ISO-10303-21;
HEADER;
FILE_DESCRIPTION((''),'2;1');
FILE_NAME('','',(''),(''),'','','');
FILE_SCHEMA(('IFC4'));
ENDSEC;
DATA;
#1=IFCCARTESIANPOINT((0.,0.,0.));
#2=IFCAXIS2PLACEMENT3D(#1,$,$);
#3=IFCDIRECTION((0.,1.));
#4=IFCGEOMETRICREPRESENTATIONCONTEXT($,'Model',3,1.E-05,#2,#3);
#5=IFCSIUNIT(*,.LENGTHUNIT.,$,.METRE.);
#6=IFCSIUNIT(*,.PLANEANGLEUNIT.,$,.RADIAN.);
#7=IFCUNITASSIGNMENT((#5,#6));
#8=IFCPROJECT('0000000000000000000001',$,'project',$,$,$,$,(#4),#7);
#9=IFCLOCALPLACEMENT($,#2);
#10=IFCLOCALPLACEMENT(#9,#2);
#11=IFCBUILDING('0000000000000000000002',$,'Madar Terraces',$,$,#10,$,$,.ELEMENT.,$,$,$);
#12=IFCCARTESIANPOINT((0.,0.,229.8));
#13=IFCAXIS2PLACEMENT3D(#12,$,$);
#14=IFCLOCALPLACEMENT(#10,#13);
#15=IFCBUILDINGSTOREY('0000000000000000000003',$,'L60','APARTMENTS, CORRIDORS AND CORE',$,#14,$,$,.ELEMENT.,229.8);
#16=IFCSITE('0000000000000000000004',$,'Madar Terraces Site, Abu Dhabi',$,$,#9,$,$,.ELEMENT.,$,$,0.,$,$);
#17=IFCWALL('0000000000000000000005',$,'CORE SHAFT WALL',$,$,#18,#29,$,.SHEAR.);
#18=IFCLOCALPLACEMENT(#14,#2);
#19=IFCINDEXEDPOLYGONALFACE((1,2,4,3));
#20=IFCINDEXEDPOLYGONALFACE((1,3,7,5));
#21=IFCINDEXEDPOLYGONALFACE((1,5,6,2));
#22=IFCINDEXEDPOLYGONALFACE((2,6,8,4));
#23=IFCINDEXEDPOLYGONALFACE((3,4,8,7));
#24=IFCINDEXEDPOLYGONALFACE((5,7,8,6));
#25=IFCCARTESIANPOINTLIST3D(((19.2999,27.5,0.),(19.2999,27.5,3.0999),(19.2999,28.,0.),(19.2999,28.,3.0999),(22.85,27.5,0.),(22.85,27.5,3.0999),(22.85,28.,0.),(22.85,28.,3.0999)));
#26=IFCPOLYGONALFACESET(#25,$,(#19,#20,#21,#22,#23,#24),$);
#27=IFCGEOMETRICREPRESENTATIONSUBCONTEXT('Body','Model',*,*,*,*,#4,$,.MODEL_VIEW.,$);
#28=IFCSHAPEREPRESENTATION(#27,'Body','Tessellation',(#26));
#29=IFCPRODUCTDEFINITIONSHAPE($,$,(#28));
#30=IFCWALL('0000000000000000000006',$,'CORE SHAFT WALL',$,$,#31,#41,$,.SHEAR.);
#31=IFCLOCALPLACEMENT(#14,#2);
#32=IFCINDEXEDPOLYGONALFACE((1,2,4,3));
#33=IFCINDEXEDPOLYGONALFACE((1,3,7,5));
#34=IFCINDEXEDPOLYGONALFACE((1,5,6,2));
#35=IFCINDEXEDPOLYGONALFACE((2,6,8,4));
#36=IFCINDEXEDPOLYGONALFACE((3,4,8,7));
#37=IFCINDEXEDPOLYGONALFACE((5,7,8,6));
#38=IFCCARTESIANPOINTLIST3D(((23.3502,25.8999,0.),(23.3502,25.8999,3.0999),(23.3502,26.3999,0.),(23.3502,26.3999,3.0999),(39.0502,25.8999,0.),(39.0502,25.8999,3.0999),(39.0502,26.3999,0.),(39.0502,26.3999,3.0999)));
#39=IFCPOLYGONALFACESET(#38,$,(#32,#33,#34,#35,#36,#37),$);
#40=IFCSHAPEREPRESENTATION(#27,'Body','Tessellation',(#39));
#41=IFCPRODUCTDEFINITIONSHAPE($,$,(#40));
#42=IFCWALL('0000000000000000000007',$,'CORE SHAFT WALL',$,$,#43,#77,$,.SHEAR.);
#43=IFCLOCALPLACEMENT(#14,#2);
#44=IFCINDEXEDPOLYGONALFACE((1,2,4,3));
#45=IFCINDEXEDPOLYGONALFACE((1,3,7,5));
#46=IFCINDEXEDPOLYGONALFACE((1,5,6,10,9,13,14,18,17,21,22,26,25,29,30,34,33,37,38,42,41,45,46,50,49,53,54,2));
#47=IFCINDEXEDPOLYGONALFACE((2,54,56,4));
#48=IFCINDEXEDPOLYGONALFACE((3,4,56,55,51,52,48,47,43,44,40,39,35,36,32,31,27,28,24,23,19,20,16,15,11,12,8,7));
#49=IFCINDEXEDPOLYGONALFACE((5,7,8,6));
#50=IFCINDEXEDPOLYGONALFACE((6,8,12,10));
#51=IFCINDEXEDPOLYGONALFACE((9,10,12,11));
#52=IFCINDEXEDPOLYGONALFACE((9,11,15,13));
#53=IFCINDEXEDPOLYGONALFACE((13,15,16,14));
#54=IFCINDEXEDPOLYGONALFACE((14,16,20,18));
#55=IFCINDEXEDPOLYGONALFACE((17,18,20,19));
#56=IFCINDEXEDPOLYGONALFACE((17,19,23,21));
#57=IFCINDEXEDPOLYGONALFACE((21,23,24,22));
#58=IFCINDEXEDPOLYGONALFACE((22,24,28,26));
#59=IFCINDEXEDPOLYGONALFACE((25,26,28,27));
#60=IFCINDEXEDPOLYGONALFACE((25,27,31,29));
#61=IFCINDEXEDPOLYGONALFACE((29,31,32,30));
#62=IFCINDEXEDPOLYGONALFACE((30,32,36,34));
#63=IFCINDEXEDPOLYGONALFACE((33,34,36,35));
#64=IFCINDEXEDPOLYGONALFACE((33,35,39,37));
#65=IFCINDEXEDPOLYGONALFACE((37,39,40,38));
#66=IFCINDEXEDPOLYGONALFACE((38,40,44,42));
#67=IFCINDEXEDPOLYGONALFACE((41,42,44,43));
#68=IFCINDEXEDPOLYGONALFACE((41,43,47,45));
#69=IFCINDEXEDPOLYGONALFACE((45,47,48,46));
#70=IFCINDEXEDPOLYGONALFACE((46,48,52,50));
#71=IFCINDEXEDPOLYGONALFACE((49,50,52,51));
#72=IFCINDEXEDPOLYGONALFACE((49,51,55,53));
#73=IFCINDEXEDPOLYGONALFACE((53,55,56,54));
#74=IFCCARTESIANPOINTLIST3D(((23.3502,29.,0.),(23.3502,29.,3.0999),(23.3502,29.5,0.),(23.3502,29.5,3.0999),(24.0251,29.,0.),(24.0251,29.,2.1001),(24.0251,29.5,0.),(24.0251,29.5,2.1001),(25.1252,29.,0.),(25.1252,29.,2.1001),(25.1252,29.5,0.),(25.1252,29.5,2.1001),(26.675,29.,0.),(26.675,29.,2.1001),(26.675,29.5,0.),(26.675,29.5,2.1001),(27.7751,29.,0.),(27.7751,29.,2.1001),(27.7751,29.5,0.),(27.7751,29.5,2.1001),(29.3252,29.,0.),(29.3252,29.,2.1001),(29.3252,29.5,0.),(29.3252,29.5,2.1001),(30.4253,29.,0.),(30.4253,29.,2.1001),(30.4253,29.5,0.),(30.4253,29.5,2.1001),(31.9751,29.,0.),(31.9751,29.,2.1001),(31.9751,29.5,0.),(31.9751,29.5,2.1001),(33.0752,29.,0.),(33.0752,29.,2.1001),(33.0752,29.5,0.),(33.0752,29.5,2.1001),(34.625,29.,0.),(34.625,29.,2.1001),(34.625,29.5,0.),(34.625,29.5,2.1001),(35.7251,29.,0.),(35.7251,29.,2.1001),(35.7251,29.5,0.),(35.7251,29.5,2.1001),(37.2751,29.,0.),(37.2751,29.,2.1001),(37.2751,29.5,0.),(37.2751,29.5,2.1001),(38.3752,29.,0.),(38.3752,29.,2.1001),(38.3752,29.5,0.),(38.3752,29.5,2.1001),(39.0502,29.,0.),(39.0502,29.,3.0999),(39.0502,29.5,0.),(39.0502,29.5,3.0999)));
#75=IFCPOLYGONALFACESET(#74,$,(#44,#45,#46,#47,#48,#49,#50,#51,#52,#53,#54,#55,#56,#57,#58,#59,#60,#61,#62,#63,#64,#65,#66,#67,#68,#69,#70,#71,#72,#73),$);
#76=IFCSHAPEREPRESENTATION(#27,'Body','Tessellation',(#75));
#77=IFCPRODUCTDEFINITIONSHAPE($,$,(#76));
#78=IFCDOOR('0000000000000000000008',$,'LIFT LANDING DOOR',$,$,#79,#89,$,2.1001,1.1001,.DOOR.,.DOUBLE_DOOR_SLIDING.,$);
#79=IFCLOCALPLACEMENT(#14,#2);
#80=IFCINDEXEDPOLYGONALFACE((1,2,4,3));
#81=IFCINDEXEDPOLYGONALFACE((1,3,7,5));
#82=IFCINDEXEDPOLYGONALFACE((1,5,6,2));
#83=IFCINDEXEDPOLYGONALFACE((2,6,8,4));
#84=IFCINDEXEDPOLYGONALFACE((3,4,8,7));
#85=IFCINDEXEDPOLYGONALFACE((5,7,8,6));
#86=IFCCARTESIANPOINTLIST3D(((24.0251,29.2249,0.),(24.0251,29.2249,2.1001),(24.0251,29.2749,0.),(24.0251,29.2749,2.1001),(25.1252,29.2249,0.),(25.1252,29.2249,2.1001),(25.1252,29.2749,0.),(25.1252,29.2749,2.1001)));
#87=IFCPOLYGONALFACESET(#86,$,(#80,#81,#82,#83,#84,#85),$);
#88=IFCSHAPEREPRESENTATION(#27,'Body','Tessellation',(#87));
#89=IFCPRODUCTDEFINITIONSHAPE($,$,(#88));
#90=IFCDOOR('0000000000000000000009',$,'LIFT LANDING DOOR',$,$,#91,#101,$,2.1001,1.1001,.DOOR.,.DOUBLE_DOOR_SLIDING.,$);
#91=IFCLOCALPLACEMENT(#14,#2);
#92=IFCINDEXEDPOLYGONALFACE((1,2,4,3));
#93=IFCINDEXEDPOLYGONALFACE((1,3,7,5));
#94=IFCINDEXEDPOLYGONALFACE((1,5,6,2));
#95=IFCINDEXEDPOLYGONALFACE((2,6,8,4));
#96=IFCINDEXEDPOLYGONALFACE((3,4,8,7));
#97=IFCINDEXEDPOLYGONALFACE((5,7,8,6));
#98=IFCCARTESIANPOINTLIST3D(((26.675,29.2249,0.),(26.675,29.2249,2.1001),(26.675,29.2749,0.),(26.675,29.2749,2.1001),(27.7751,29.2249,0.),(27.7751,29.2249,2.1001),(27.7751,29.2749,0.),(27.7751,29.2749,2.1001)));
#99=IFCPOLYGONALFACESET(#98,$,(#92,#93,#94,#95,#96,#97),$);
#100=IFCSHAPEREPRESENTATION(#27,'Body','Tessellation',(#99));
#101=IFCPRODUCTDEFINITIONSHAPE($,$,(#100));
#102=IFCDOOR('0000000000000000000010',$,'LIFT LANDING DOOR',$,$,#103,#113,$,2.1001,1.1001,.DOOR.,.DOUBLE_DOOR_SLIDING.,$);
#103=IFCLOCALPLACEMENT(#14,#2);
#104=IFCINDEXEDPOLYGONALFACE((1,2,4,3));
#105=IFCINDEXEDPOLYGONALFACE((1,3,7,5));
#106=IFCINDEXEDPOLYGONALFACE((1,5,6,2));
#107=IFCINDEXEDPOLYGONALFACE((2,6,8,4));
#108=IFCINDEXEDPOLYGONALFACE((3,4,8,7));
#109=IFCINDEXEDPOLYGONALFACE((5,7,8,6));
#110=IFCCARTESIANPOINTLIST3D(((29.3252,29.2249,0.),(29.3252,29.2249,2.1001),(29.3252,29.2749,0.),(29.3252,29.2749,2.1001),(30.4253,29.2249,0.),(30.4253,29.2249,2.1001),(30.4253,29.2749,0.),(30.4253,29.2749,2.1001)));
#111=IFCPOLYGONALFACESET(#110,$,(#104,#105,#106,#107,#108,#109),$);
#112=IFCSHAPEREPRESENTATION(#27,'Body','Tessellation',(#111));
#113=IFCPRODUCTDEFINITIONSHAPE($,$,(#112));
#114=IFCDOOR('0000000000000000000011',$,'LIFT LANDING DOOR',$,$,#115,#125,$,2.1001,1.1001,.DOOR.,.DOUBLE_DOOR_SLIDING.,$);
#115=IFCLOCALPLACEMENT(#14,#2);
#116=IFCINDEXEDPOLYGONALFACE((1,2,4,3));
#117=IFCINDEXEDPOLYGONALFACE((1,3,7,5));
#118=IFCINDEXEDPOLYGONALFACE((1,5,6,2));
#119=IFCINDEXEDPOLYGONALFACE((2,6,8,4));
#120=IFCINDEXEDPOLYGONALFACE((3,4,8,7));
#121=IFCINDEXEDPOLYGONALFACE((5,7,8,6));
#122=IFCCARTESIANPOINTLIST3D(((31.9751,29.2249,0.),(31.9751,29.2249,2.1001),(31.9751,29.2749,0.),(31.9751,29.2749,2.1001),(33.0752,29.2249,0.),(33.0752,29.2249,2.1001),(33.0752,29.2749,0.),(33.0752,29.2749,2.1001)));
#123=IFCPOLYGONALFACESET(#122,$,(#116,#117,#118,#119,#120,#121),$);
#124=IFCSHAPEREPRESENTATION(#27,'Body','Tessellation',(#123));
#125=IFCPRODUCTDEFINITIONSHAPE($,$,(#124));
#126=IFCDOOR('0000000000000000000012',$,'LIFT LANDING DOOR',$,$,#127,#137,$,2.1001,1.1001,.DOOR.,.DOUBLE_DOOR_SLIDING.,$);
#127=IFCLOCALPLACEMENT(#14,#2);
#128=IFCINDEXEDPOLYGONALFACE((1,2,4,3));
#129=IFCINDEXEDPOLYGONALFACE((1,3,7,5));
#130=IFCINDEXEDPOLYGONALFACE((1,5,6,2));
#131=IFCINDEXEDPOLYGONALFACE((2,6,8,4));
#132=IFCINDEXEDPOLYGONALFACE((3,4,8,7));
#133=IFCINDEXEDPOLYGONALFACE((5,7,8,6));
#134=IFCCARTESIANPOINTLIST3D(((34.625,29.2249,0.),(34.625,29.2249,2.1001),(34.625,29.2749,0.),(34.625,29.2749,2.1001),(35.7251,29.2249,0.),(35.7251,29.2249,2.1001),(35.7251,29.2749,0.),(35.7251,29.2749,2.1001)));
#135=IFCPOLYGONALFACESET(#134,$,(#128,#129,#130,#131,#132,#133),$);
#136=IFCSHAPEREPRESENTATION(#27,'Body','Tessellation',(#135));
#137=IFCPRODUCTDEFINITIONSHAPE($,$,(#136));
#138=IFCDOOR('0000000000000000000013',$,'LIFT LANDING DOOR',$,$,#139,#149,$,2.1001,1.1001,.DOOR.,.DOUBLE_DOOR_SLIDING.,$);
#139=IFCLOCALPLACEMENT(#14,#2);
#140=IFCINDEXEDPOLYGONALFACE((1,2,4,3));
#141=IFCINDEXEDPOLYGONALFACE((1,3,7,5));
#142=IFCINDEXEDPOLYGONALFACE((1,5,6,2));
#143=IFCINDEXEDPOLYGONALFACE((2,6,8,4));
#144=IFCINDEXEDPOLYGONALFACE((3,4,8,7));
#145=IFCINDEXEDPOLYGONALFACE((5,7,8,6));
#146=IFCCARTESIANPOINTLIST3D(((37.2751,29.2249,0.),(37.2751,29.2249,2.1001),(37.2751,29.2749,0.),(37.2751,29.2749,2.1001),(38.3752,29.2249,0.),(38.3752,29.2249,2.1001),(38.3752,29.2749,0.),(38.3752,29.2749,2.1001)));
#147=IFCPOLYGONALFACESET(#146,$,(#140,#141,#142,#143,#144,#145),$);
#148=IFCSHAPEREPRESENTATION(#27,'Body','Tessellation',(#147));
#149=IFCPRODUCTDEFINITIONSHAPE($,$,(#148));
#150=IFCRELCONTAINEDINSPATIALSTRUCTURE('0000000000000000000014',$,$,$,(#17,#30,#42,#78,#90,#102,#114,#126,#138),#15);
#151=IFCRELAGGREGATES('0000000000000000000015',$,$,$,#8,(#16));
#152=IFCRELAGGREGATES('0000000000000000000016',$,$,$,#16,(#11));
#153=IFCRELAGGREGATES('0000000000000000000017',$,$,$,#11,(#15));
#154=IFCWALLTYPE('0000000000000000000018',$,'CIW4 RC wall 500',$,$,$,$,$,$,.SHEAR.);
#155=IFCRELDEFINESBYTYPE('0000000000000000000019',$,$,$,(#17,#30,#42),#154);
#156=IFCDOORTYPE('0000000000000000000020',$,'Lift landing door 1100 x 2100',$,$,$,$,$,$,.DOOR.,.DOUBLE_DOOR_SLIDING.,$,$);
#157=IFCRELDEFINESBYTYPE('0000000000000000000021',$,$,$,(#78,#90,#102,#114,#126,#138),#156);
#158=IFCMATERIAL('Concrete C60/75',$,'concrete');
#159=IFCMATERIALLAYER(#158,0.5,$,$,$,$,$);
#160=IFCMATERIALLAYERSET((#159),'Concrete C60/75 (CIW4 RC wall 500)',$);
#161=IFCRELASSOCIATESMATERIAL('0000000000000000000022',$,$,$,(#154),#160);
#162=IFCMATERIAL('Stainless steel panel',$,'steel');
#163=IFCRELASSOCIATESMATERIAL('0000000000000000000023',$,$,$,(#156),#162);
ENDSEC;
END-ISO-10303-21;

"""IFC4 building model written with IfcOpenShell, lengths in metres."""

from ifc_helpers import new_model, si_unit, direction, frame, frame_2d, origin, place, context, subcontext, project, spatial, rectangle, extrude, material, layer, layer_set, type_object, element, fill, save


model = new_model("IFC4")

# Units and contexts
model_context = context("Model", 3, precision=1e-05, world=origin(), true_north=direction((0.0, 1.0)))
body_context = subcontext(model_context, "Body", "Model", "MODEL_VIEW")
ifc_project = project(units=[si_unit("LENGTHUNIT", "METRE"), si_unit("PLANEANGLEUNIT", "RADIAN")], contexts=[model_context])

# Site, building, storey
site_placement = place(None, origin())
site = spatial("IfcSite", under=ifc_project, at=site_placement, Name="Madar Terraces Site, Abu Dhabi", CompositionType="ELEMENT", RefElevation=0.0)
building_placement = place(site_placement, origin())
building = spatial("IfcBuilding", under=site, at=building_placement, Name="Madar Terraces", CompositionType="ELEMENT")
storey_placement = place(building_placement, frame((0.0, 0.0, 229.8)))
storey = spatial("IfcBuildingStorey", under=building, at=storey_placement, Name="L60", Description="APARTMENTS, CORRIDORS AND CORE", CompositionType="ELEMENT", Elevation=229.8)

# Walls
ifc_material_1 = material(Name="Concrete C60/75", Category="concrete")
ifc_layer_1 = layer(ifc_material_1, 0.5)
ifc_layer_set_1 = layer_set([ifc_layer_1], Name="Concrete C60/75 (CIW4 RC wall 500)")
wall_type_1 = type_object("IfcWallType", Name="CIW4 RC wall 500", PredefinedType="SHEAR", material=ifc_layer_set_1)
wall_1_placement = place(storey_placement, frame((19.3, 27.75, 0.0), z_axis=(0.0, 0.0, 1.0), x_axis=(1.0, 0.0, 0.0)))
element("IfcWall", 1, at=wall_1_placement, inside=storey, type_object=wall_type_1, Name="CORE SHAFT WALL", PredefinedType="SHEAR", context=body_context, shape_type="SweptSolid", body=[
    extrude(rectangle(XDim=3.55, YDim=0.5, at=frame_2d((1.7749, 0.0))), origin(), (0.0, 0.0, 1.0), 3.0999),
])
wall_2_placement = place(storey_placement, frame((23.3501, 26.1499, 0.0), z_axis=(0.0, 0.0, 1.0), x_axis=(1.0, 0.0, 0.0)))
element("IfcWall", 2, at=wall_2_placement, inside=storey, type_object=wall_type_1, Name="CORE SHAFT WALL", PredefinedType="SHEAR", context=body_context, shape_type="SweptSolid", body=[
    extrude(rectangle(XDim=15.7, YDim=0.5, at=frame_2d((7.8501, 0.0))), origin(), (0.0, 0.0, 1.0), 3.0999),
])

# Wall, openings, doors
wall_3_placement = place(storey_placement, frame((23.3501, 29.25, 0.0), z_axis=(0.0, 0.0, 1.0), x_axis=(1.0, 0.0, 0.0)))
wall_3 = element("IfcWall", 3, at=wall_3_placement, inside=storey, type_object=wall_type_1, Name="CORE SHAFT WALL", PredefinedType="SHEAR", context=body_context, shape_type="SweptSolid", body=[
    extrude(rectangle(XDim=15.7, YDim=0.5, at=frame_2d((7.8501, 0.0))), origin(), (0.0, 0.0, 1.0), 3.0999),
])
opening_1_placement = place(wall_3_placement, frame((0.675, 0.0, 0.0)))
opening_1 = element("IfcOpeningElement", 4, at=opening_1_placement, cuts=wall_3, PredefinedType="OPENING", context=body_context, shape_type="SweptSolid", body=[
    extrude(rectangle(XDim=1.1001, YDim=2.1001, at=frame_2d((0.55, 1.05))), frame((0.0, 0.26, 0.0), z_axis=(0.0, -1.0, 0.0), x_axis=(1.0, 0.0, 0.0)), (0.0, 0.0, 1.0), 0.52),
])
opening_2_placement = place(wall_3_placement, frame((3.325, 0.0, 0.0)))
opening_2 = element("IfcOpeningElement", 5, at=opening_2_placement, cuts=wall_3, PredefinedType="OPENING", context=body_context, shape_type="SweptSolid", body=[
    extrude(rectangle(XDim=1.1001, YDim=2.1001, at=frame_2d((0.55, 1.05))), frame((0.0, 0.26, 0.0), z_axis=(0.0, -1.0, 0.0), x_axis=(1.0, 0.0, 0.0)), (0.0, 0.0, 1.0), 0.52),
])
opening_3_placement = place(wall_3_placement, frame((5.9751, 0.0, 0.0)))
opening_3 = element("IfcOpeningElement", 6, at=opening_3_placement, cuts=wall_3, PredefinedType="OPENING", context=body_context, shape_type="SweptSolid", body=[
    extrude(rectangle(XDim=1.1001, YDim=2.1001, at=frame_2d((0.55, 1.05))), frame((0.0, 0.26, 0.0), z_axis=(0.0, -1.0, 0.0), x_axis=(1.0, 0.0, 0.0)), (0.0, 0.0, 1.0), 0.52),
])
opening_4_placement = place(wall_3_placement, frame((8.625, 0.0, 0.0)))
opening_4 = element("IfcOpeningElement", 7, at=opening_4_placement, cuts=wall_3, PredefinedType="OPENING", context=body_context, shape_type="SweptSolid", body=[
    extrude(rectangle(XDim=1.1001, YDim=2.1001, at=frame_2d((0.55, 1.05))), frame((0.0, 0.26, 0.0), z_axis=(0.0, -1.0, 0.0), x_axis=(1.0, 0.0, 0.0)), (0.0, 0.0, 1.0), 0.52),
])
opening_5_placement = place(wall_3_placement, frame((11.2749, 0.0, 0.0)))
opening_5 = element("IfcOpeningElement", 8, at=opening_5_placement, cuts=wall_3, PredefinedType="OPENING", context=body_context, shape_type="SweptSolid", body=[
    extrude(rectangle(XDim=1.1001, YDim=2.1001, at=frame_2d((0.55, 1.05))), frame((0.0, 0.26, 0.0), z_axis=(0.0, -1.0, 0.0), x_axis=(1.0, 0.0, 0.0)), (0.0, 0.0, 1.0), 0.52),
])
opening_6_placement = place(wall_3_placement, frame((13.925, 0.0, 0.0)))
opening_6 = element("IfcOpeningElement", 9, at=opening_6_placement, cuts=wall_3, PredefinedType="OPENING", context=body_context, shape_type="SweptSolid", body=[
    extrude(rectangle(XDim=1.1001, YDim=2.1001, at=frame_2d((0.55, 1.05))), frame((0.0, 0.26, 0.0), z_axis=(0.0, -1.0, 0.0), x_axis=(1.0, 0.0, 0.0)), (0.0, 0.0, 1.0), 0.52),
])
ifc_material_2 = material(Name="Stainless steel panel", Category="steel")
door_type_1 = type_object("IfcDoorType", Name="Lift landing door 1100 x 2100", OperationType="DOUBLE_DOOR_SLIDING", PredefinedType="DOOR", material=ifc_material_2)
door_1_placement = place(opening_1_placement, origin())
door_1 = element("IfcDoor", 10, at=door_1_placement, inside=storey, type_object=door_type_1, Name="LIFT LANDING DOOR", OperationType="DOUBLE_DOOR_SLIDING", OverallHeight=2.1001, OverallWidth=1.1001, PredefinedType="DOOR", context=body_context, shape_type="SweptSolid", body=[
    extrude(rectangle(XDim=1.1001, YDim=2.1001, at=frame_2d((0.55, 1.05))), frame((0.0, 0.0249, 0.0), z_axis=(0.0, -1.0, 0.0), x_axis=(1.0, 0.0, 0.0)), (0.0, 0.0, 1.0), 0.05),
])
fill(opening_1, door_1)
door_2_placement = place(opening_2_placement, origin())
door_2 = element("IfcDoor", 11, at=door_2_placement, inside=storey, type_object=door_type_1, Name="LIFT LANDING DOOR", OperationType="DOUBLE_DOOR_SLIDING", OverallHeight=2.1001, OverallWidth=1.1001, PredefinedType="DOOR", context=body_context, shape_type="SweptSolid", body=[
    extrude(rectangle(XDim=1.1001, YDim=2.1001, at=frame_2d((0.55, 1.05))), frame((0.0, 0.0249, 0.0), z_axis=(0.0, -1.0, 0.0), x_axis=(1.0, 0.0, 0.0)), (0.0, 0.0, 1.0), 0.05),
])
fill(opening_2, door_2)
door_3_placement = place(opening_3_placement, origin())
door_3 = element("IfcDoor", 12, at=door_3_placement, inside=storey, type_object=door_type_1, Name="LIFT LANDING DOOR", OperationType="DOUBLE_DOOR_SLIDING", OverallHeight=2.1001, OverallWidth=1.1001, PredefinedType="DOOR", context=body_context, shape_type="SweptSolid", body=[
    extrude(rectangle(XDim=1.1001, YDim=2.1001, at=frame_2d((0.55, 1.05))), frame((0.0, 0.0249, 0.0), z_axis=(0.0, -1.0, 0.0), x_axis=(1.0, 0.0, 0.0)), (0.0, 0.0, 1.0), 0.05),
])
fill(opening_3, door_3)
door_4_placement = place(opening_4_placement, origin())
door_4 = element("IfcDoor", 13, at=door_4_placement, inside=storey, type_object=door_type_1, Name="LIFT LANDING DOOR", OperationType="DOUBLE_DOOR_SLIDING", OverallHeight=2.1001, OverallWidth=1.1001, PredefinedType="DOOR", context=body_context, shape_type="SweptSolid", body=[
    extrude(rectangle(XDim=1.1001, YDim=2.1001, at=frame_2d((0.55, 1.05))), frame((0.0, 0.0249, 0.0), z_axis=(0.0, -1.0, 0.0), x_axis=(1.0, 0.0, 0.0)), (0.0, 0.0, 1.0), 0.05),
])
fill(opening_4, door_4)
door_5_placement = place(opening_5_placement, origin())
door_5 = element("IfcDoor", 14, at=door_5_placement, inside=storey, type_object=door_type_1, Name="LIFT LANDING DOOR", OperationType="DOUBLE_DOOR_SLIDING", OverallHeight=2.1001, OverallWidth=1.1001, PredefinedType="DOOR", context=body_context, shape_type="SweptSolid", body=[
    extrude(rectangle(XDim=1.1001, YDim=2.1001, at=frame_2d((0.55, 1.05))), frame((0.0, 0.0249, 0.0), z_axis=(0.0, -1.0, 0.0), x_axis=(1.0, 0.0, 0.0)), (0.0, 0.0, 1.0), 0.05),
])
fill(opening_5, door_5)
door_6_placement = place(opening_6_placement, origin())
door_6 = element("IfcDoor", 15, at=door_6_placement, inside=storey, type_object=door_type_1, Name="LIFT LANDING DOOR", OperationType="DOUBLE_DOOR_SLIDING", OverallHeight=2.1001, OverallWidth=1.1001, PredefinedType="DOOR", context=body_context, shape_type="SweptSolid", body=[
    extrude(rectangle(XDim=1.1001, YDim=2.1001, at=frame_2d((0.55, 1.05))), frame((0.0, 0.0249, 0.0), z_axis=(0.0, -1.0, 0.0), x_axis=(1.0, 0.0, 0.0)), (0.0, 0.0, 1.0), 0.05),
])
fill(opening_6, door_6)

save(model, "model.ifc")
